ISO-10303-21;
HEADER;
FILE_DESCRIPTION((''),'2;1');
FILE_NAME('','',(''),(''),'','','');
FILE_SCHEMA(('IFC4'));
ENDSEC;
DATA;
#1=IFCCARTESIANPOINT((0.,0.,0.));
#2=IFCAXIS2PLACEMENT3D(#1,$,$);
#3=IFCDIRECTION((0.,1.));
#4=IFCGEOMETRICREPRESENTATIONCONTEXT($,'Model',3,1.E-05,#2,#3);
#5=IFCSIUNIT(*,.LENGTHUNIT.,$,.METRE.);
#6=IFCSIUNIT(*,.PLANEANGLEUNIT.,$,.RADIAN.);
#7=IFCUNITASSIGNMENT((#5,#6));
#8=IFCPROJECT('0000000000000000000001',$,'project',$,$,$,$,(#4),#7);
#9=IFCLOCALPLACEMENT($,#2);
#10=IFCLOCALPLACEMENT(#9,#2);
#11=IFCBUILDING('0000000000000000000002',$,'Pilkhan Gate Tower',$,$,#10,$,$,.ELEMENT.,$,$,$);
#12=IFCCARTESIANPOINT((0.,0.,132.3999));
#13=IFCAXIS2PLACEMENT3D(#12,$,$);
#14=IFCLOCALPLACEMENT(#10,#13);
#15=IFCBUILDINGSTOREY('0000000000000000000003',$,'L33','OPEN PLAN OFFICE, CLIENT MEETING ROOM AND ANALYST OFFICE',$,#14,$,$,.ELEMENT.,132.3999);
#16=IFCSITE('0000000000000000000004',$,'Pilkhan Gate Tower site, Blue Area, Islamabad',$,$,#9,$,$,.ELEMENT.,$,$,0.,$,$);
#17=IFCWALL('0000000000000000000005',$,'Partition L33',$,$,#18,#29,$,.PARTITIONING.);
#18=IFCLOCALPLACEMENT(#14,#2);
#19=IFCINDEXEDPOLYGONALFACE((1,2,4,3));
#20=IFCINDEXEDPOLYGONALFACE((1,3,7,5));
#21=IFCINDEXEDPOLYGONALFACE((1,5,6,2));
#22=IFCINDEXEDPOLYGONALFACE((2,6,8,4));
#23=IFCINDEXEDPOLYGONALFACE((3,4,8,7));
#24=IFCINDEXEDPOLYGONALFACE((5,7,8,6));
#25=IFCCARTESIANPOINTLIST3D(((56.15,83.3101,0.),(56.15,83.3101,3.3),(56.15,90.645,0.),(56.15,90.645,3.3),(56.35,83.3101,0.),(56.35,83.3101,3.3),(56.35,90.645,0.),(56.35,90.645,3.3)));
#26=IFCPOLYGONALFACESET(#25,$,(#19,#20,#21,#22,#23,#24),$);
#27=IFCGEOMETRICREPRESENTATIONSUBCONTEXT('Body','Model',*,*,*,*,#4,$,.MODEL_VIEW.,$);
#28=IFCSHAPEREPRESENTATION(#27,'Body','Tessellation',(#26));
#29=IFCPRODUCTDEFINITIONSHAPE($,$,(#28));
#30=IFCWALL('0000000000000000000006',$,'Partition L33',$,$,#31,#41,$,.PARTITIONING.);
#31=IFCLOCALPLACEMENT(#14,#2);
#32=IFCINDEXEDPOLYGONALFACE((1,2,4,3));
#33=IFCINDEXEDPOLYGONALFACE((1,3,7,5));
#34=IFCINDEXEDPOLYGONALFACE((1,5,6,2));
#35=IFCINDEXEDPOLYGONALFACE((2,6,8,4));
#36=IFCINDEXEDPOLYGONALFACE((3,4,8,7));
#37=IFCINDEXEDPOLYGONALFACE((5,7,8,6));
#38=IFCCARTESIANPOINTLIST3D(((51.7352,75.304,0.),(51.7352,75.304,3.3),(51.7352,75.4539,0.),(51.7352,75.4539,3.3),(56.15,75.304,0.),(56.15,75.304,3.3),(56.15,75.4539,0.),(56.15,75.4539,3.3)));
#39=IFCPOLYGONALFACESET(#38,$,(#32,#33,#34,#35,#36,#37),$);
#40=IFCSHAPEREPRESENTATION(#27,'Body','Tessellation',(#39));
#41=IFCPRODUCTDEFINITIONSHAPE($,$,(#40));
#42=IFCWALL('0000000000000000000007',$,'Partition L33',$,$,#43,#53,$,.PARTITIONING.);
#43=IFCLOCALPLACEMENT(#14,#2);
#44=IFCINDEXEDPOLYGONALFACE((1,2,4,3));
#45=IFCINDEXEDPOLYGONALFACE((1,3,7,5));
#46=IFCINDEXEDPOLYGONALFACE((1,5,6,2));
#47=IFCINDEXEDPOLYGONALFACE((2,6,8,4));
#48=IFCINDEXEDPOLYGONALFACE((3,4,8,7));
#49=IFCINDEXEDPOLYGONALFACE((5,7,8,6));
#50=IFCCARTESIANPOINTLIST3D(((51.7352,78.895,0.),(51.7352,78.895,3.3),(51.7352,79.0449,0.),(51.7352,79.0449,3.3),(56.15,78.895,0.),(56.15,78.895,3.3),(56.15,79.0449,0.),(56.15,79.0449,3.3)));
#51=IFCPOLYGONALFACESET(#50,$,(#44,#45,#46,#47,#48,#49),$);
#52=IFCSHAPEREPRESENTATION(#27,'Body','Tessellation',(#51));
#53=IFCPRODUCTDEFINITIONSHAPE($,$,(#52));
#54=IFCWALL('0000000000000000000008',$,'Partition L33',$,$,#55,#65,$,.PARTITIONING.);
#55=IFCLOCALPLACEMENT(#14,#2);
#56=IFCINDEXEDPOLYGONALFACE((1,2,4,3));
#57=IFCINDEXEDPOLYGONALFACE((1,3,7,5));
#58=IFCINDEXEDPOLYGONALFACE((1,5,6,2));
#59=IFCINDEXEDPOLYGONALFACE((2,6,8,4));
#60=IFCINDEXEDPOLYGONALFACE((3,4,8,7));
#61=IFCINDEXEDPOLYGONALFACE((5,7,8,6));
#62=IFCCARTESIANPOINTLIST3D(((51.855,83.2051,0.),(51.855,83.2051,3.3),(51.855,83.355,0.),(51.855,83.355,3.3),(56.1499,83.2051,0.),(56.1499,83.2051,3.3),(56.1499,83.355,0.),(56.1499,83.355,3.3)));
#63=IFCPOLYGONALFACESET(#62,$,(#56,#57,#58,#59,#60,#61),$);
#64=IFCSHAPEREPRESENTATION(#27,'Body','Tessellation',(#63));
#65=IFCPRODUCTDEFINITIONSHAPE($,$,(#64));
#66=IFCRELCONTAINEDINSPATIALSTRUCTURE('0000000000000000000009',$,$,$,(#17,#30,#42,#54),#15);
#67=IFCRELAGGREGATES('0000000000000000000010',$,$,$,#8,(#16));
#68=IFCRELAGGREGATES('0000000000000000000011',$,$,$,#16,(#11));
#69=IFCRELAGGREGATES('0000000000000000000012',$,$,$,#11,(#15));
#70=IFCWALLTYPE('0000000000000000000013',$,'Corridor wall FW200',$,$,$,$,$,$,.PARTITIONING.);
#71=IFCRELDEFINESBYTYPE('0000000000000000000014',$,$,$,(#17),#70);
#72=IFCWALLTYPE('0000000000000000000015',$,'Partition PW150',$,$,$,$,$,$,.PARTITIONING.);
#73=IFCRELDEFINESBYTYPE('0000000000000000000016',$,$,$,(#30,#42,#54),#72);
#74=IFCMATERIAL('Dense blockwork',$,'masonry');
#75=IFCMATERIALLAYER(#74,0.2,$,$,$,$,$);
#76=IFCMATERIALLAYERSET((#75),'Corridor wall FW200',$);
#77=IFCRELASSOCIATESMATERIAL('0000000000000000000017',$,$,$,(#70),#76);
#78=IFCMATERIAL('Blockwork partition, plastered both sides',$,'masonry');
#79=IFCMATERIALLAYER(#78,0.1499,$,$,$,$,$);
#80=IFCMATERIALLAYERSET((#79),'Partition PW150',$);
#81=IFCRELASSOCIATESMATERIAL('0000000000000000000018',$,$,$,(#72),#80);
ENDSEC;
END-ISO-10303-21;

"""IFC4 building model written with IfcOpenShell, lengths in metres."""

from ifc_helpers import new_model, si_unit, direction, frame, frame_2d, origin, place, context, subcontext, project, spatial, rectangle, extrude, material, layer, layer_set, type_object, element, save


model = new_model("IFC4")

# Units and contexts
model_context = context("Model", 3, precision=1e-05, world=origin(), true_north=direction((0.0, 1.0)))
body_context = subcontext(model_context, "Body", "Model", "MODEL_VIEW")
ifc_project = project(units=[si_unit("LENGTHUNIT", "METRE"), si_unit("PLANEANGLEUNIT", "RADIAN")], contexts=[model_context])

# Site, building, storey
site_placement = place(None, origin())
site = spatial("IfcSite", under=ifc_project, at=site_placement, Name="Pilkhan Gate Tower site, Blue Area, Islamabad", CompositionType="ELEMENT", RefElevation=0.0)
building_placement = place(site_placement, origin())
building = spatial("IfcBuilding", under=site, at=building_placement, Name="Pilkhan Gate Tower", CompositionType="ELEMENT")
storey_placement = place(building_placement, frame((0.0, 0.0, 132.3999)))
storey = spatial("IfcBuildingStorey", under=building, at=storey_placement, Name="L33", Description="OPEN PLAN OFFICE, CLIENT MEETING ROOM AND ANALYST OFFICE", CompositionType="ELEMENT", Elevation=132.3999)

# Walls
ifc_material_1 = material(Name="Dense blockwork", Category="masonry")
ifc_layer_1 = layer(ifc_material_1, 0.2)
ifc_layer_set_1 = layer_set([ifc_layer_1], Name="Corridor wall FW200")
wall_type_1 = type_object("IfcWallType", Name="Corridor wall FW200", PredefinedType="PARTITIONING", material=ifc_layer_set_1)
wall_1_placement = place(storey_placement, frame((56.25, 83.3101, 0.0), z_axis=(0.0, 0.0, 1.0), x_axis=(0.0, 1.0, 0.0)))
element("IfcWall", 1, at=wall_1_placement, inside=storey, type_object=wall_type_1, Name="Partition L33", PredefinedType="PARTITIONING", context=body_context, shape_type="SweptSolid", body=[
    extrude(rectangle(XDim=7.335, YDim=0.2, at=frame_2d((3.6675, 0.0))), origin(), (0.0, 0.0, 1.0), 3.3),
])
ifc_material_2 = material(Name="Blockwork partition, plastered both sides", Category="masonry")
ifc_layer_2 = layer(ifc_material_2, 0.1499)
ifc_layer_set_2 = layer_set([ifc_layer_2], Name="Partition PW150")
wall_type_2 = type_object("IfcWallType", Name="Partition PW150", PredefinedType="PARTITIONING", material=ifc_layer_set_2)
for number, where, z_axis, x_axis, name in (
    (2, (51.7351, 75.3789, 0.0), (0.0, 0.0, 1.0), (1.0, 0.0, 0.0), "Partition L33"),
    (3, (51.7351, 78.97, 0.0), (0.0, 0.0, 1.0), (1.0, 0.0, 0.0), "Partition L33"),
):
    element("IfcWall", number, at=place(storey_placement, frame(where, z_axis=z_axis, x_axis=x_axis)), inside=storey, type_object=wall_type_2, Name=name, PredefinedType="PARTITIONING", context=body_context, shape_type="SweptSolid", body=[
        extrude(rectangle(XDim=4.4148, YDim=0.1499, at=frame_2d((2.2075, 0.0))), origin(), (0.0, 0.0, 1.0), 3.3),
    ])
wall_2_placement = place(storey_placement, frame((51.855, 83.28, 0.0), z_axis=(0.0, 0.0, 1.0), x_axis=(1.0, 0.0, 0.0)))
element("IfcWall", 4, at=wall_2_placement, inside=storey, type_object=wall_type_2, Name="Partition L33", PredefinedType="PARTITIONING", context=body_context, shape_type="SweptSolid", body=[
    extrude(rectangle(XDim=4.2949, YDim=0.1499, at=frame_2d((2.1475, 0.0))), origin(), (0.0, 0.0, 1.0), 3.3),
])

save(model, "model.ifc")
